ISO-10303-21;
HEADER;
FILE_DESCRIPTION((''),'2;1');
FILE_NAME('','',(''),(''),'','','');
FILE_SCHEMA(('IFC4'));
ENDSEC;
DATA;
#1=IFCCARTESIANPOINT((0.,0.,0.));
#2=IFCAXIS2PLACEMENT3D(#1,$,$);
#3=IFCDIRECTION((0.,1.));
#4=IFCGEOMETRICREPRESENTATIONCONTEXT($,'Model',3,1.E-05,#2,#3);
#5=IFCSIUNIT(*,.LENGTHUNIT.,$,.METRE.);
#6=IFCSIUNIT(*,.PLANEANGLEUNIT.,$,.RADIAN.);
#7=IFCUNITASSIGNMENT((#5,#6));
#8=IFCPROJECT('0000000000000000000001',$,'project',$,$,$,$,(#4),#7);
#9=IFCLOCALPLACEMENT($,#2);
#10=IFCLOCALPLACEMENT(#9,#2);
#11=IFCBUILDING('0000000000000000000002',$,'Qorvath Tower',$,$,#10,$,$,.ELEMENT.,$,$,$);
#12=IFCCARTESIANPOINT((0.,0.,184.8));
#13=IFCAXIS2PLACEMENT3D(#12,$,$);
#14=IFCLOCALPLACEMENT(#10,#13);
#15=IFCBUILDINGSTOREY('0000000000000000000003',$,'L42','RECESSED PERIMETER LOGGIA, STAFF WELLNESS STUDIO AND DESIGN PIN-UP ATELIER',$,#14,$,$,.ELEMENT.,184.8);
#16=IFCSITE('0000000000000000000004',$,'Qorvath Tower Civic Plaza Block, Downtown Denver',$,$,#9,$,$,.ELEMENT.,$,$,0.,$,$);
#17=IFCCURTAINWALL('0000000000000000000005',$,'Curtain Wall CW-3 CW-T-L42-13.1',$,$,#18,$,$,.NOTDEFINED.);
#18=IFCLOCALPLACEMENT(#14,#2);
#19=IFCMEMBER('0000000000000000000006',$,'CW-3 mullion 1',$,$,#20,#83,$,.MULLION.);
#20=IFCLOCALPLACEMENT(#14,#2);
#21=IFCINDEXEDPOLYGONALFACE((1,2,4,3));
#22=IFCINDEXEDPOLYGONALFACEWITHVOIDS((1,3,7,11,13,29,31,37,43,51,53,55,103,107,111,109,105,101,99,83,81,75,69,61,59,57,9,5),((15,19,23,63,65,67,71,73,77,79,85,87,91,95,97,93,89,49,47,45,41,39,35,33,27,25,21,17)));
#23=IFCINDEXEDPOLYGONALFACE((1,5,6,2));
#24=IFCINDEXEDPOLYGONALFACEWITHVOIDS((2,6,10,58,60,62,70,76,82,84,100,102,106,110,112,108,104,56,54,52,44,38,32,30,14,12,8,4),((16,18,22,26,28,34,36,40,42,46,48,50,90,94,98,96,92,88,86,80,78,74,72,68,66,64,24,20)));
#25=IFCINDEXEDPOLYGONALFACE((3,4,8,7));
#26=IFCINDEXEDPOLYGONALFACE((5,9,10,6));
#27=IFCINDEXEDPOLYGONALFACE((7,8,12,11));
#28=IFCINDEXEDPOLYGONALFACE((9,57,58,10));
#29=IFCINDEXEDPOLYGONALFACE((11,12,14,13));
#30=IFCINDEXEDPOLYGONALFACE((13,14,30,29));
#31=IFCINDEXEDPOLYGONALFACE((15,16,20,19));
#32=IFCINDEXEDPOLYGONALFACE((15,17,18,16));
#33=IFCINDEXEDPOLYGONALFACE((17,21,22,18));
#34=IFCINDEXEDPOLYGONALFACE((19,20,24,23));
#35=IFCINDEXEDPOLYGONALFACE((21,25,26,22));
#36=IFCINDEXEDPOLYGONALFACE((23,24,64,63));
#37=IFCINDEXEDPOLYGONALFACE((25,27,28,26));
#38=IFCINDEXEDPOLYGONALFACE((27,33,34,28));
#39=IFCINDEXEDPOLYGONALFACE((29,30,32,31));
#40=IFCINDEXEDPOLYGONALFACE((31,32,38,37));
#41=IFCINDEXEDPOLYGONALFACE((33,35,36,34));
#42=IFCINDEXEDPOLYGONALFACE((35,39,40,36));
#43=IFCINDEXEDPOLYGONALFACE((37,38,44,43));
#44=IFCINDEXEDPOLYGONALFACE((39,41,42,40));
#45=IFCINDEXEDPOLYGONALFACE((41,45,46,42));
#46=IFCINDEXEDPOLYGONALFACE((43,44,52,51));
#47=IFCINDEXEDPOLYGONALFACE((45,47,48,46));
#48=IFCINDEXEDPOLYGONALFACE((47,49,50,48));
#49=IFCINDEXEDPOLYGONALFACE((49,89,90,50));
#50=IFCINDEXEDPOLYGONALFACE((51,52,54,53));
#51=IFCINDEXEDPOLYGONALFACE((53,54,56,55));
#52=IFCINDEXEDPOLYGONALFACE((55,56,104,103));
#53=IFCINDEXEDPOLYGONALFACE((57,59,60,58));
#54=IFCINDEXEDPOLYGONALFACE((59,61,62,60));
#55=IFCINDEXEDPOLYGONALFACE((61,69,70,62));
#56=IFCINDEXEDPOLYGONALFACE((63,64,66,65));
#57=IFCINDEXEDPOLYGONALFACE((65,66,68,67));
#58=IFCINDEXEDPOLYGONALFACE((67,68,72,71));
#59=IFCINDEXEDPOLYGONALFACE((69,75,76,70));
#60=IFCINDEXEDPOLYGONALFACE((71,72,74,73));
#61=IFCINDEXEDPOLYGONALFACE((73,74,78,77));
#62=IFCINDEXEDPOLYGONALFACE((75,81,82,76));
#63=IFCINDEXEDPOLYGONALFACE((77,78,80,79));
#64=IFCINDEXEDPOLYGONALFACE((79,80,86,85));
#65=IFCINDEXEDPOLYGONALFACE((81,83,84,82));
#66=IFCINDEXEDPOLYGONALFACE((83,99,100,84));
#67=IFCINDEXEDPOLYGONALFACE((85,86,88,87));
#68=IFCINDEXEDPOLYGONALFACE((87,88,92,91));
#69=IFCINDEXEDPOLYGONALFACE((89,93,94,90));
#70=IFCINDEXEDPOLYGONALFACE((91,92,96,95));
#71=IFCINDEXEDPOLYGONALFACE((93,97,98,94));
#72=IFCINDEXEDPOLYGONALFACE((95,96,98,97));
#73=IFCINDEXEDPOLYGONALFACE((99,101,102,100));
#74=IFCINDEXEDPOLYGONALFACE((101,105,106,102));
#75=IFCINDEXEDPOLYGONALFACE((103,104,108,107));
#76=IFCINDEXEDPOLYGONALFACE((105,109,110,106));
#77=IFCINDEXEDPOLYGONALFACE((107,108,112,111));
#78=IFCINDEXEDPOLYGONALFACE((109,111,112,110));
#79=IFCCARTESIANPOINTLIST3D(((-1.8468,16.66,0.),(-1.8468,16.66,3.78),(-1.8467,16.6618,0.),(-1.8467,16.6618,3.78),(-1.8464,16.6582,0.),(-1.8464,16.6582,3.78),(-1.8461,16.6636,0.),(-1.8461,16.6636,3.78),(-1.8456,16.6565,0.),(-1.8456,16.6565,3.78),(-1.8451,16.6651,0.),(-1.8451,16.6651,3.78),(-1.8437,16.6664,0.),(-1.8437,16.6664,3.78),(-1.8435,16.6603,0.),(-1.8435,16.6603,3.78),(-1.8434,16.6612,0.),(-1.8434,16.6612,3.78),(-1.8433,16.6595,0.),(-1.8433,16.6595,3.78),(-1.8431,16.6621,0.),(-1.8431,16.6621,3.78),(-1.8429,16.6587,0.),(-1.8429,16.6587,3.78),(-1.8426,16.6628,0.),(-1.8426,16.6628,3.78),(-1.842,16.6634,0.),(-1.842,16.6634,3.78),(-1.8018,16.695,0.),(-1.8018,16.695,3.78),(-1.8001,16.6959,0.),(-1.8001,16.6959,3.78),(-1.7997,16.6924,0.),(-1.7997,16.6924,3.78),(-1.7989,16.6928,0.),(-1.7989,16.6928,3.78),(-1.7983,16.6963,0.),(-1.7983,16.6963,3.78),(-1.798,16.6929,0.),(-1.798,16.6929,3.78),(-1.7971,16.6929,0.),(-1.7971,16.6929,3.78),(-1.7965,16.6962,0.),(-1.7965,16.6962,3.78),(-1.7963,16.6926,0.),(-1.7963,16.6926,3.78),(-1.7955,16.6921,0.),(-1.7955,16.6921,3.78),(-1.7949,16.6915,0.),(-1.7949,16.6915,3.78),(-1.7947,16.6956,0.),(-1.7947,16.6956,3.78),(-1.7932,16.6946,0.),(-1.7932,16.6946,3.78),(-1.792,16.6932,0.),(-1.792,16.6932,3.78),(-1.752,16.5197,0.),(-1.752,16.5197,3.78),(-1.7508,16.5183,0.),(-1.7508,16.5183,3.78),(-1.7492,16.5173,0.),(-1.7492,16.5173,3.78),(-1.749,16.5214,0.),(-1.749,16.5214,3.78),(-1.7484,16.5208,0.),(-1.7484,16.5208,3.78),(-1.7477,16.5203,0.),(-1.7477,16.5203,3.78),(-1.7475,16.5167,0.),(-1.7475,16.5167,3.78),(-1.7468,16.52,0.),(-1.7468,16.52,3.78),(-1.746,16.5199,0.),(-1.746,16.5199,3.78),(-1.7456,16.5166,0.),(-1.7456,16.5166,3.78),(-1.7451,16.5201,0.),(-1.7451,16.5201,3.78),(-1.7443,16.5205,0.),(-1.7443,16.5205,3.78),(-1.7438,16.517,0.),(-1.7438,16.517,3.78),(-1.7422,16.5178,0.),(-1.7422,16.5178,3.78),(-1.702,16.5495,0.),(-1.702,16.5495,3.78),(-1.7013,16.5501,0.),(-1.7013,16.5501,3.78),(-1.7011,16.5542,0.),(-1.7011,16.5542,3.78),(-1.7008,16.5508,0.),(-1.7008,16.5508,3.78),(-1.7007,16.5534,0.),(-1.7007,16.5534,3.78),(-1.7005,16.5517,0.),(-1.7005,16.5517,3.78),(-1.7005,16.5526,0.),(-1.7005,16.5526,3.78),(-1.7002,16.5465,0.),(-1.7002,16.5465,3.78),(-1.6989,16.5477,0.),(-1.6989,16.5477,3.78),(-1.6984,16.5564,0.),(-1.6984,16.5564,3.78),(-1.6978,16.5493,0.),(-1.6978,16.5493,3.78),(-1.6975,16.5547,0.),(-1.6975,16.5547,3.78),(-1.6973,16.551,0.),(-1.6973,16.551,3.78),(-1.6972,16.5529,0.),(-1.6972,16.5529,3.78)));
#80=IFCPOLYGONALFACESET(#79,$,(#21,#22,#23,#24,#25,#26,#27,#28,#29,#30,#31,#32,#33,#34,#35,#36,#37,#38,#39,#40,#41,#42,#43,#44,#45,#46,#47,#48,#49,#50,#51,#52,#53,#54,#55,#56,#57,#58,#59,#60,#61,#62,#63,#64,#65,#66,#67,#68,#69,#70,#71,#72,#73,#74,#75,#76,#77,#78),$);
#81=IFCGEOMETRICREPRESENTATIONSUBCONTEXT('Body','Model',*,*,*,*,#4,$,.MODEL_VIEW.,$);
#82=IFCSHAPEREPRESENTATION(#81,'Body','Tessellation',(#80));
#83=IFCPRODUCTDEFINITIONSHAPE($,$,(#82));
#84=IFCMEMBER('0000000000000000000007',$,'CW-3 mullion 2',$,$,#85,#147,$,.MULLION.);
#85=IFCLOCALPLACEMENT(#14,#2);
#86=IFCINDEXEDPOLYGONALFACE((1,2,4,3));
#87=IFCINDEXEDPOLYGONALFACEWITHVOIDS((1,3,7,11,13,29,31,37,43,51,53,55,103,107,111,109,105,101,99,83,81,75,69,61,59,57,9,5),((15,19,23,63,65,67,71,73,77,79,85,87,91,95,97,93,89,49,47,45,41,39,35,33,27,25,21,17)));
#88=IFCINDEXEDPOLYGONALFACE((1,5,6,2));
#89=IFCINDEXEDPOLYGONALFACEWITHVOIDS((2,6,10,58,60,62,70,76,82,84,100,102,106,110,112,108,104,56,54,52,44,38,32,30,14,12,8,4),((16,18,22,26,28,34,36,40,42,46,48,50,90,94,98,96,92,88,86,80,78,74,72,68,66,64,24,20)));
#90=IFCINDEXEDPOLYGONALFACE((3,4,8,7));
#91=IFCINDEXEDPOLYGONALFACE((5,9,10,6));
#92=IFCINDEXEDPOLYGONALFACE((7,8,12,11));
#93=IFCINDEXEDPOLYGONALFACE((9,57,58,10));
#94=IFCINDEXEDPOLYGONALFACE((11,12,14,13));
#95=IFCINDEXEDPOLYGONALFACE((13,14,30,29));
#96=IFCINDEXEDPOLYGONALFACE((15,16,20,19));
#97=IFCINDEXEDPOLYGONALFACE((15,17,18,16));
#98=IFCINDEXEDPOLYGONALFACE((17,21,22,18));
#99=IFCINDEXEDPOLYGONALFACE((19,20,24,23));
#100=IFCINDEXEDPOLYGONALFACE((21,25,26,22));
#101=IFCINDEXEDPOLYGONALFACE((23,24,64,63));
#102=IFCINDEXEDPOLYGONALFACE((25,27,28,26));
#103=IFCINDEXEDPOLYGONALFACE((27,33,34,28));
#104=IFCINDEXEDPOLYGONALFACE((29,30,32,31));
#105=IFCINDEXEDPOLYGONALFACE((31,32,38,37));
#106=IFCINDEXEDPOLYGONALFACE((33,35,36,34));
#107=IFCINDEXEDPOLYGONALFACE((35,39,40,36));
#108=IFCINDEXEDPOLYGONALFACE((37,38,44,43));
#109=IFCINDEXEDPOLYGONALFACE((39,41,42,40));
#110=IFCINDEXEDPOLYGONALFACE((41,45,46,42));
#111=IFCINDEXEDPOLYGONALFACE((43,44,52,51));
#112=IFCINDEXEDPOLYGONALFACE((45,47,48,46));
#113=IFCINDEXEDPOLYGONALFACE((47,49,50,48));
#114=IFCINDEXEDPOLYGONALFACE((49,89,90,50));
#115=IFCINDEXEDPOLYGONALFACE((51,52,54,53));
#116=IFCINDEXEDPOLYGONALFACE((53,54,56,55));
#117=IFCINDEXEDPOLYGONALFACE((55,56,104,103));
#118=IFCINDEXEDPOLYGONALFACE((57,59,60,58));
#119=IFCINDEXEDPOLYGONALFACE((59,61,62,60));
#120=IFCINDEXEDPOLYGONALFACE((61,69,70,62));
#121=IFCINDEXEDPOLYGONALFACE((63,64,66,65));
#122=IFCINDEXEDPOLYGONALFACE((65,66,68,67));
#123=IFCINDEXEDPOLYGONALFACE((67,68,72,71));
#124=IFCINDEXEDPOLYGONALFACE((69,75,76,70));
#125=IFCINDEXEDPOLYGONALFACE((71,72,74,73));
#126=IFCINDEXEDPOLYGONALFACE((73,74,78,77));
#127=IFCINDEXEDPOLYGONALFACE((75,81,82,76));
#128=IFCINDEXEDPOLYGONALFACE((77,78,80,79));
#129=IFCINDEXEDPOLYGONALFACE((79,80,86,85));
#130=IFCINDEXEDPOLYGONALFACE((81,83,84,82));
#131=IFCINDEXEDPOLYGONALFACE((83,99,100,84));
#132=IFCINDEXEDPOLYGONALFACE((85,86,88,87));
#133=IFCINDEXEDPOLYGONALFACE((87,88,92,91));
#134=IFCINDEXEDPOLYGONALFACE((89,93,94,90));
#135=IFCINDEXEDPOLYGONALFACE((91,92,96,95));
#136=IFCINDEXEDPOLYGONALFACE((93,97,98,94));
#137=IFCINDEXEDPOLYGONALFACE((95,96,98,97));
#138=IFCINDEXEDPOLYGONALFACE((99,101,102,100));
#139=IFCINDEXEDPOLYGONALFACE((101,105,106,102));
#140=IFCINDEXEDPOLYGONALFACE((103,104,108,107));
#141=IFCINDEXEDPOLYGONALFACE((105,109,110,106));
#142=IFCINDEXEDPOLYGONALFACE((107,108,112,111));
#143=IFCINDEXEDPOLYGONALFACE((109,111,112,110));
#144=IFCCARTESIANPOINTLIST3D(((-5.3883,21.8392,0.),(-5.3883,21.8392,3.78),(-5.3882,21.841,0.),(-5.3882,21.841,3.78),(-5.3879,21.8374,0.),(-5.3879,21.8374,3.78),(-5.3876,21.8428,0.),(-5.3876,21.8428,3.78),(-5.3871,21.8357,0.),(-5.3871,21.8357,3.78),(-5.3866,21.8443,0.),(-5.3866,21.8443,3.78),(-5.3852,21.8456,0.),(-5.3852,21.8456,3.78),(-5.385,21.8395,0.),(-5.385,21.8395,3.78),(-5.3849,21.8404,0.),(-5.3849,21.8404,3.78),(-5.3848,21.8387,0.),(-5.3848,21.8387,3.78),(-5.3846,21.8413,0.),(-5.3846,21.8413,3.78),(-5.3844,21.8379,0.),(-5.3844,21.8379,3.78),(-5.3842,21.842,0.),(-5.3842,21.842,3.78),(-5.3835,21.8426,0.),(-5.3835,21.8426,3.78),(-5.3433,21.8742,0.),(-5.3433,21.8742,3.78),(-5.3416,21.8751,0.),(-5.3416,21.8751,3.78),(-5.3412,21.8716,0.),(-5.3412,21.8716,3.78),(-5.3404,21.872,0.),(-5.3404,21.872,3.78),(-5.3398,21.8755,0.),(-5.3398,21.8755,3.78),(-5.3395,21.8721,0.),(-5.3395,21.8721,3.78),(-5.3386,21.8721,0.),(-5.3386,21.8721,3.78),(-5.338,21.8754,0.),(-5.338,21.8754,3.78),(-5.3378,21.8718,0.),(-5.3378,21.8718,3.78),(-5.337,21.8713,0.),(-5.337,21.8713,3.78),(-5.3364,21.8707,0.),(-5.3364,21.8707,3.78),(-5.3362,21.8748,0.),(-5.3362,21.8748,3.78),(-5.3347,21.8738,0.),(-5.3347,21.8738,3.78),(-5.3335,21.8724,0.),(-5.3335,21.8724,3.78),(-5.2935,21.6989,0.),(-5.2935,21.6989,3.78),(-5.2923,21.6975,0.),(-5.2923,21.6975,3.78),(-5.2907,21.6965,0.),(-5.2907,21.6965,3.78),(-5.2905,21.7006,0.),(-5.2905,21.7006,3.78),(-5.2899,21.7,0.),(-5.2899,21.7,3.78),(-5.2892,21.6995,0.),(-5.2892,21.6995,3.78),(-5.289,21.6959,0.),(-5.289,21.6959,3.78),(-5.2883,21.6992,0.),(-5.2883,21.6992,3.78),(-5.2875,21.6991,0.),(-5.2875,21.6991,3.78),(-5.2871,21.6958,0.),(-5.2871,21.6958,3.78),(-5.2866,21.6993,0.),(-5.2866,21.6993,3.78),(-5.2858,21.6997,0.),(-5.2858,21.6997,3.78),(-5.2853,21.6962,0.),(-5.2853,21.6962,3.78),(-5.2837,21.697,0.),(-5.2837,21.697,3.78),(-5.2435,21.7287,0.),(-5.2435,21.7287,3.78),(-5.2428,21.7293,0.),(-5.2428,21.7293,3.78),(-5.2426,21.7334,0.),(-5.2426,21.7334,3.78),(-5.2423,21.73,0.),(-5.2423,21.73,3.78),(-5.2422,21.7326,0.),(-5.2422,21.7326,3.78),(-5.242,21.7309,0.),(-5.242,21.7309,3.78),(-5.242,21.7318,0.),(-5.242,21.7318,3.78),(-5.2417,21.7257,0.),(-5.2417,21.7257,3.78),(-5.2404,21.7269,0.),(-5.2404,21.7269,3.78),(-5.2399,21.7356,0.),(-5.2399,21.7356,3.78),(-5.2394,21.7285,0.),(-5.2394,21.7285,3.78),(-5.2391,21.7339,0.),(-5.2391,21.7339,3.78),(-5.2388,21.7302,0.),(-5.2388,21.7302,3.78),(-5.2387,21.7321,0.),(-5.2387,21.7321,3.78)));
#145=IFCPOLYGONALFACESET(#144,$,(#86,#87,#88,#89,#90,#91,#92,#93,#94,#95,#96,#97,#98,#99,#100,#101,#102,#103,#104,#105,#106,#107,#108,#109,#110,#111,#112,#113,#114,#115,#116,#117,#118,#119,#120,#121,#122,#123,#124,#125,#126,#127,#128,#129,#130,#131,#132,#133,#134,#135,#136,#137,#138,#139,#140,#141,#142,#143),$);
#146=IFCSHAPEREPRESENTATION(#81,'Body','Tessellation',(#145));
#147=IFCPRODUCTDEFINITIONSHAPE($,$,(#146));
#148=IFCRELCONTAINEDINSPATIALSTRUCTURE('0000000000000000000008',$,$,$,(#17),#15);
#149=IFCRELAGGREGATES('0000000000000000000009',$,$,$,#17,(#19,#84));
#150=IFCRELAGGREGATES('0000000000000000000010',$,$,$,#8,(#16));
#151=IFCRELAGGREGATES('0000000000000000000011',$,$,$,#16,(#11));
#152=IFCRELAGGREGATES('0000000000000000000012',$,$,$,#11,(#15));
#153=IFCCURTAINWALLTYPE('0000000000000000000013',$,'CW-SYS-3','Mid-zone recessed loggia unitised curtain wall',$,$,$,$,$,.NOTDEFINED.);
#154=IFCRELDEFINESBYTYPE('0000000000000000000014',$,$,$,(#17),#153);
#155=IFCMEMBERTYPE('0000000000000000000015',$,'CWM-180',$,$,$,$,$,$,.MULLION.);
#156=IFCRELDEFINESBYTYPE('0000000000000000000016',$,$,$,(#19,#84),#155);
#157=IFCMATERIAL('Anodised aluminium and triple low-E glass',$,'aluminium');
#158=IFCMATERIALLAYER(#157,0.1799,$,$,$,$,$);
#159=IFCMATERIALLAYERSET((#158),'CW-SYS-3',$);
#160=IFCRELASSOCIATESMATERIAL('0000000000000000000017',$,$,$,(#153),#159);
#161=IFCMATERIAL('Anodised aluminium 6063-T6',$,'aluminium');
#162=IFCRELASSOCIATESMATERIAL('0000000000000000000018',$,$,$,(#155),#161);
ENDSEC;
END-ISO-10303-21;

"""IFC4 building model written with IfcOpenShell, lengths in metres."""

from ifc_helpers import new_model, si_unit, direction, frame, origin, origin_2d, place, context, subcontext, project, spatial, hollow_rectangle, extrude, material, layer, layer_set, material_profile, profile_set, type_object, element, aggregate, save


model = new_model("IFC4")

# Units and contexts
model_context = context("Model", 3, precision=1e-05, world=origin(), true_north=direction((0.0, 1.0)))
body_context = subcontext(model_context, "Body", "Model", "MODEL_VIEW")
ifc_project = project(units=[si_unit("LENGTHUNIT", "METRE"), si_unit("PLANEANGLEUNIT", "RADIAN")], contexts=[model_context])

# Site, building, storey
site_placement = place(None, origin())
site = spatial("IfcSite", under=ifc_project, at=site_placement, Name="Qorvath Tower Civic Plaza Block, Downtown Denver", CompositionType="ELEMENT", RefElevation=0.0)
building_placement = place(site_placement, origin())
building = spatial("IfcBuilding", under=site, at=building_placement, Name="Qorvath Tower", CompositionType="ELEMENT")
storey_placement = place(building_placement, frame((0.0, 0.0, 184.8)))
storey = spatial("IfcBuildingStorey", under=building, at=storey_placement, Name="L42", Description="RECESSED PERIMETER LOGGIA, STAFF WELLNESS STUDIO AND DESIGN PIN-UP ATELIER", CompositionType="ELEMENT", Elevation=184.8)

# Shared definitions
ifc_material_1 = material(Name="Anodised aluminium and triple low-E glass", Category="aluminium")
ifc_layer_1 = layer(ifc_material_1, 0.1799)
ifc_layer_set_1 = layer_set([ifc_layer_1], Name="CW-SYS-3")
curtain_wall_type = type_object("IfcCurtainWallType", Name="CW-SYS-3", Description="Mid-zone recessed loggia unitised curtain wall", PredefinedType="NOTDEFINED", material=ifc_layer_set_1)
ifc_material_2 = material(Name="Anodised aluminium 6063-T6", Category="aluminium")
ifc_material_profile_1 = material_profile(ifc_material_2, hollow_rectangle(XDim=0.0649, YDim=0.1799, WallThickness=0.0034, InnerFilletRadius=0.0034, OuterFilletRadius=0.0071, at=origin_2d()), Name="CWM 180x65")
ifc_profile_set_1 = profile_set([ifc_material_profile_1], Name="Anodised aluminium 6063-T6")
member_type_1 = type_object("IfcMemberType", Name="CWM-180", PredefinedType="MULLION", material=ifc_profile_set_1)

# Curtain wall, members
curtain_wall_1_placement = place(storey_placement, origin())
curtain_wall_1 = element("IfcCurtainWall", 1, at=curtain_wall_1_placement, inside=storey, type_object=curtain_wall_type, Name="Curtain Wall CW-3 CW-T-L42-13.1", PredefinedType="NOTDEFINED")
member_1_placement = place(storey_placement, frame((-1.772, 16.6064, 0.0), z_axis=(0.0, 0.0, 1.0), x_axis=(-0.825477, -0.564436, 0.0)))
member_1 = element("IfcMember", 2, at=member_1_placement, type_object=member_type_1, Name="CW-3 mullion 1", PredefinedType="MULLION", context=body_context, shape_type="SweptSolid", body=[
    extrude(hollow_rectangle(XDim=0.0649, YDim=0.1799, WallThickness=0.0034, InnerFilletRadius=0.0034, OuterFilletRadius=0.0071, at=origin_2d()), origin(), (0.0, 0.0, 1.0), 3.78),
])
member_2_placement = place(storey_placement, frame((-5.3135, 21.7856, 0.0), z_axis=(0.0, 0.0, 1.0), x_axis=(-0.825477, -0.564436, 0.0)))
member_2 = element("IfcMember", 3, at=member_2_placement, type_object=member_type_1, Name="CW-3 mullion 2", PredefinedType="MULLION", context=body_context, shape_type="SweptSolid", body=[
    extrude(hollow_rectangle(XDim=0.0649, YDim=0.1799, WallThickness=0.0034, InnerFilletRadius=0.0034, OuterFilletRadius=0.0071, at=origin_2d()), origin(), (0.0, 0.0, 1.0), 3.78),
])

aggregate(curtain_wall_1, [member_1, member_2])

save(model, "model.ifc")
